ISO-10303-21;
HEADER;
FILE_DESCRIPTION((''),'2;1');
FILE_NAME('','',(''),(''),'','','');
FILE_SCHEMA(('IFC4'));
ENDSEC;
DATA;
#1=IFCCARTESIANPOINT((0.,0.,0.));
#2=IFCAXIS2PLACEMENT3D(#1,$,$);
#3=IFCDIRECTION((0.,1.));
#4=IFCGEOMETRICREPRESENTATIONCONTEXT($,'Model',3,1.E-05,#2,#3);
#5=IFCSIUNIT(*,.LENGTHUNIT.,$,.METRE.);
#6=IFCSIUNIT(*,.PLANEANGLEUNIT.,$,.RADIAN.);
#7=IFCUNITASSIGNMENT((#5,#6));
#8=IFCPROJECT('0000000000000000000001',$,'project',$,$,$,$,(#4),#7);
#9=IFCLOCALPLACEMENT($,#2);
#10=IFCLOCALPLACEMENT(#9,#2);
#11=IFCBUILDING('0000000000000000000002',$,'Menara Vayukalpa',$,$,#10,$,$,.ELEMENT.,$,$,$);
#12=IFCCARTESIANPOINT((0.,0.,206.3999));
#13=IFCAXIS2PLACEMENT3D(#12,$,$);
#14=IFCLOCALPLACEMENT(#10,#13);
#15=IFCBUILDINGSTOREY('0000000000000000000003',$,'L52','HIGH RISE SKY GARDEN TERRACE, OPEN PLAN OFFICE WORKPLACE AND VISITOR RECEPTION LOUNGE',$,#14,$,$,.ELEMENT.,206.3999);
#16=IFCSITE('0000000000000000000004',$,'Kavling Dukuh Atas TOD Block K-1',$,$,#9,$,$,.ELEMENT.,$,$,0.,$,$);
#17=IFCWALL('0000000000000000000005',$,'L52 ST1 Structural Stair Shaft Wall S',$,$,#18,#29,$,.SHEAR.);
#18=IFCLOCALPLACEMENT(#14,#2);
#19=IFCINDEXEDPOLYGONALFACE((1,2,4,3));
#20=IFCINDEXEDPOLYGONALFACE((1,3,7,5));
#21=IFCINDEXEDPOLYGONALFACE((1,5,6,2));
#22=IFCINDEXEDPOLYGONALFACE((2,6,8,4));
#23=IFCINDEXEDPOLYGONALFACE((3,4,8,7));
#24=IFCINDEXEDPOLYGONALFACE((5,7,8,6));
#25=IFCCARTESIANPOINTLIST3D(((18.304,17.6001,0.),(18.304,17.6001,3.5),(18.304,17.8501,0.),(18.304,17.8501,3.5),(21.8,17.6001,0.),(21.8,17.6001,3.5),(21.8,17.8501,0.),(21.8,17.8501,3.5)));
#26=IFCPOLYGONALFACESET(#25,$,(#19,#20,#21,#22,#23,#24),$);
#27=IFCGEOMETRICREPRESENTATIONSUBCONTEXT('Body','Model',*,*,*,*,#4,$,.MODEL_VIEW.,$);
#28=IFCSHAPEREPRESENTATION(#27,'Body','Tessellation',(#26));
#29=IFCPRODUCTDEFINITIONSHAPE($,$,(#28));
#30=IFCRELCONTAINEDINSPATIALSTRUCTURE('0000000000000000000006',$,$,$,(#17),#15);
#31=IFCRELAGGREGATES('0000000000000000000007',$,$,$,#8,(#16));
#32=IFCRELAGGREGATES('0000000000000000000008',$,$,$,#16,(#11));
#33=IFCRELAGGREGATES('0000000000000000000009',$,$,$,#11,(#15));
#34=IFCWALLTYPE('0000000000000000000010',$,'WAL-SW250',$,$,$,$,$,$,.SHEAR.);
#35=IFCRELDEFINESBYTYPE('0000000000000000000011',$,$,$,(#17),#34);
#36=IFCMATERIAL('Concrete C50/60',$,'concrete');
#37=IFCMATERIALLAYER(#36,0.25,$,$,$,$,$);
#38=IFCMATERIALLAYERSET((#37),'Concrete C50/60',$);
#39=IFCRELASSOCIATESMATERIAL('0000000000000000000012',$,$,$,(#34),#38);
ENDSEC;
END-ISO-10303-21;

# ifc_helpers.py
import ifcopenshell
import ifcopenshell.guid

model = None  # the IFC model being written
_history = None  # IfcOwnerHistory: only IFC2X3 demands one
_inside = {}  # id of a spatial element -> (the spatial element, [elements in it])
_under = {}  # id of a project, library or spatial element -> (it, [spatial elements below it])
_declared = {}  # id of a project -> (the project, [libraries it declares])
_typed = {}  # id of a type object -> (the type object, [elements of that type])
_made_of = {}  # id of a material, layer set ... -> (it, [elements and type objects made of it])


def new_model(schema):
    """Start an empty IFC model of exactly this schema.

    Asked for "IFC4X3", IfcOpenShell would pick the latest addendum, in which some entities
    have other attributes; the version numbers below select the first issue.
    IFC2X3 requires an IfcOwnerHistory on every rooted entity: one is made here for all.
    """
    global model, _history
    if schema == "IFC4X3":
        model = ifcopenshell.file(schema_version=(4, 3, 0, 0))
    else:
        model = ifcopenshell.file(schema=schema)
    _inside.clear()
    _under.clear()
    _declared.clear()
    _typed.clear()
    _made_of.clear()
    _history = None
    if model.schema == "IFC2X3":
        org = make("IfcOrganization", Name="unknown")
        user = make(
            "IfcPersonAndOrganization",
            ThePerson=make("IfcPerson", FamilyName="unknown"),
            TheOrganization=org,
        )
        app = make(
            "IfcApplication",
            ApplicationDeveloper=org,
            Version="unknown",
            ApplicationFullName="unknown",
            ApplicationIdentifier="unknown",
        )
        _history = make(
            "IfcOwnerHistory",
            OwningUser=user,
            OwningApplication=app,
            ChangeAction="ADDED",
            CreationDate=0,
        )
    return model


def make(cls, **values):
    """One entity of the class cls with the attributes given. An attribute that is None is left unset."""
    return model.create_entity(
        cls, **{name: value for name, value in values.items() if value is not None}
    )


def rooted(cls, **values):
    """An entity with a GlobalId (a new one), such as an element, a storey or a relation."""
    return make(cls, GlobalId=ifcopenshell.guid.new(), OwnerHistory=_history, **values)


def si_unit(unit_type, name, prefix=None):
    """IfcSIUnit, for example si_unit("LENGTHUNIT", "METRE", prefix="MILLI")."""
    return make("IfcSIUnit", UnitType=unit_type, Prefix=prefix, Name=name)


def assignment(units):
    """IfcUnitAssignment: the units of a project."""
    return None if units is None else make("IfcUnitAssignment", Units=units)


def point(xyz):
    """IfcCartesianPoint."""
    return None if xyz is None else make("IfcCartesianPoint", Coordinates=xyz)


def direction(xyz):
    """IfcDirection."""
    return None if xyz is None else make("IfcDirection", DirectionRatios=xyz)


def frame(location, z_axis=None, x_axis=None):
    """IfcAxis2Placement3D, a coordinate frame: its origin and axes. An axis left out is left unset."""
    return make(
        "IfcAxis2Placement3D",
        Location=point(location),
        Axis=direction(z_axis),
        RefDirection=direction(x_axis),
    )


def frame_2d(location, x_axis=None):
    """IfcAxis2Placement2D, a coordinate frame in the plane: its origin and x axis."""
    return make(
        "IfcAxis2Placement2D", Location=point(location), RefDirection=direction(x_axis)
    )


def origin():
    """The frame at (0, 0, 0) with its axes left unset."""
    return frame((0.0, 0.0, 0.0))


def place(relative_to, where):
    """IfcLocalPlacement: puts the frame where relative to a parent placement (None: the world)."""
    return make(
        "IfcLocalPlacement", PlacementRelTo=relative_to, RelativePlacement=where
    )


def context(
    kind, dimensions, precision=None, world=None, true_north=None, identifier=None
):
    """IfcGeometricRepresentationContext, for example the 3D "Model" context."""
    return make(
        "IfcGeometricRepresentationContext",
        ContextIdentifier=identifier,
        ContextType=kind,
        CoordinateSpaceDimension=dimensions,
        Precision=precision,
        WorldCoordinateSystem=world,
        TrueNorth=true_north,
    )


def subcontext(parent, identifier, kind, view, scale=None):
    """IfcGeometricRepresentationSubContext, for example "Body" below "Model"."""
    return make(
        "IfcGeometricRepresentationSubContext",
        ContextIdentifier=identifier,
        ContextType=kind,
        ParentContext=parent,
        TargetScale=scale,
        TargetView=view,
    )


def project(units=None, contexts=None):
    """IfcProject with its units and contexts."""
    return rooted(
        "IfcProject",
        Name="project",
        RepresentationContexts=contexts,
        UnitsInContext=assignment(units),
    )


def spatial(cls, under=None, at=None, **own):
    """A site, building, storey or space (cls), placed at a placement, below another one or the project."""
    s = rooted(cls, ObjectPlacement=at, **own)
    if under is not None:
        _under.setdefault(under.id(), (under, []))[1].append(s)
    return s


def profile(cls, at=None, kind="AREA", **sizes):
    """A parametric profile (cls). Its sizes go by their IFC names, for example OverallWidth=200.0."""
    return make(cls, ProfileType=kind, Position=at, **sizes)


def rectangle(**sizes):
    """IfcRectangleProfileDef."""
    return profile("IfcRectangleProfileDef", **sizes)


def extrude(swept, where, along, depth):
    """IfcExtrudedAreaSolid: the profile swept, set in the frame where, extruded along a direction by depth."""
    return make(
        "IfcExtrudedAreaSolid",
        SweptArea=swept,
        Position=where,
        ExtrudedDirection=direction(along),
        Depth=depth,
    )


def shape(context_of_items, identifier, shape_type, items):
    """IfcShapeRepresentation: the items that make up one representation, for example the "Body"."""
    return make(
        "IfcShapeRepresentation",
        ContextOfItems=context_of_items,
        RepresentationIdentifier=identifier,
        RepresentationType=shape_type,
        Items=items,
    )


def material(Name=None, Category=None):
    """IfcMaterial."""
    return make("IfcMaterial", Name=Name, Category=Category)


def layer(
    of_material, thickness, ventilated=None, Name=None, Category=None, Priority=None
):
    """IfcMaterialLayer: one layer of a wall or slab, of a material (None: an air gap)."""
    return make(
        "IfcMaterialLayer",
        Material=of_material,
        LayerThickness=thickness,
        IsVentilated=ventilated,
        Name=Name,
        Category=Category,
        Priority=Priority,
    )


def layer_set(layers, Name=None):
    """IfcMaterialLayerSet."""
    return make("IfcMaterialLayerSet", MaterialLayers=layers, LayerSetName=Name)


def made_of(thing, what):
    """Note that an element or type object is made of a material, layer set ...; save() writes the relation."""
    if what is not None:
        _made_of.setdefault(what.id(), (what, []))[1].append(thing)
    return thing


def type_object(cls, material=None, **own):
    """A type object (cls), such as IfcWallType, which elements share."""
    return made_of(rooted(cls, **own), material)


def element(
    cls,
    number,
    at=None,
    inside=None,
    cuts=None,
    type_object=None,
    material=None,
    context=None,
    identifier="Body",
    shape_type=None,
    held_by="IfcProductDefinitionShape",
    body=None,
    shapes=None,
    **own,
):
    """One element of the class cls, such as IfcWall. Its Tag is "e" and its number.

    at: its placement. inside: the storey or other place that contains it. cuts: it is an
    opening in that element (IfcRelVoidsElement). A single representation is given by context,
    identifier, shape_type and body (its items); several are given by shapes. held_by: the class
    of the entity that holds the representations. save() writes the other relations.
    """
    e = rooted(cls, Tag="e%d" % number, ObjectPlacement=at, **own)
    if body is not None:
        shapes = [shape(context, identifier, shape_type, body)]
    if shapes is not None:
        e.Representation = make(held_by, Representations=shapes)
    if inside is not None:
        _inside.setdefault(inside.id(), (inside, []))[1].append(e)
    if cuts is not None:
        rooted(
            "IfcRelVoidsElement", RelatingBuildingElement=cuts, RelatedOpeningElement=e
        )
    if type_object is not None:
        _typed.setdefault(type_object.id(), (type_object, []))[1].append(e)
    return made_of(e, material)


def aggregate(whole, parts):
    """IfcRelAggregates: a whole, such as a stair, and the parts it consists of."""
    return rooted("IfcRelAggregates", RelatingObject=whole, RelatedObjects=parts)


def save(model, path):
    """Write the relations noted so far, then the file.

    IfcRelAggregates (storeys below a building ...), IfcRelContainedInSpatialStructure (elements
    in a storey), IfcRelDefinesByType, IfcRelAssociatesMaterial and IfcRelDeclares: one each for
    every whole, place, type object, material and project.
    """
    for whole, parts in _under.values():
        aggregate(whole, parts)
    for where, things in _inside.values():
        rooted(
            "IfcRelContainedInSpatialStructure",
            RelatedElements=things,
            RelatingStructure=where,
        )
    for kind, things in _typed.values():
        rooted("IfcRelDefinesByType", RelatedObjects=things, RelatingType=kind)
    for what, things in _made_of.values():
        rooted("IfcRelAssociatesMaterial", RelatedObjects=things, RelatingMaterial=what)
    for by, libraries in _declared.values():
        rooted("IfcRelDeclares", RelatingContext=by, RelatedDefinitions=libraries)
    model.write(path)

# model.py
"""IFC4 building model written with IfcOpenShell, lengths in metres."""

from ifc_helpers import new_model, si_unit, direction, frame, frame_2d, origin, place, context, subcontext, project, spatial, rectangle, extrude, material, layer, layer_set, type_object, element, save


model = new_model("IFC4")

# Units and contexts
model_context = context("Model", 3, precision=1e-05, world=origin(), true_north=direction((0.0, 1.0)))
body_context = subcontext(model_context, "Body", "Model", "MODEL_VIEW")
ifc_project = project(units=[si_unit("LENGTHUNIT", "METRE"), si_unit("PLANEANGLEUNIT", "RADIAN")], contexts=[model_context])

# Site, building, storey
site_placement = place(None, origin())
site = spatial("IfcSite", under=ifc_project, at=site_placement, Name="Kavling Dukuh Atas TOD Block K-1", CompositionType="ELEMENT", RefElevation=0.0)
building_placement = place(site_placement, origin())
building = spatial("IfcBuilding", under=site, at=building_placement, Name="Menara Vayukalpa", CompositionType="ELEMENT")
storey_placement = place(building_placement, frame((0.0, 0.0, 206.3999)))
storey = spatial("IfcBuildingStorey", under=building, at=storey_placement, Name="L52", Description="HIGH RISE SKY GARDEN TERRACE, OPEN PLAN OFFICE WORKPLACE AND VISITOR RECEPTION LOUNGE", CompositionType="ELEMENT", Elevation=206.3999)

# Shared definitions
ifc_material_1 = material(Name="Concrete C50/60", Category="concrete")
ifc_layer_1 = layer(ifc_material_1, 0.25)
ifc_layer_set_1 = layer_set([ifc_layer_1], Name="Concrete C50/60")
wall_type_1 = type_object("IfcWallType", Name="WAL-SW250", PredefinedType="SHEAR", material=ifc_layer_set_1)

# Wall
wall_1_placement = place(storey_placement, frame((18.304, 17.7251, 0.0), z_axis=(0.0, 0.0, 1.0), x_axis=(1.0, 0.0, 0.0)))
element("IfcWall", 1, at=wall_1_placement, inside=storey, type_object=wall_type_1, Name="L52 ST1 Structural Stair Shaft Wall S", PredefinedType="SHEAR", context=body_context, shape_type="SweptSolid", body=[
    extrude(rectangle(XDim=3.4961, YDim=0.25, at=frame_2d((1.748, 0.0))), origin(), (0.0, 0.0, 1.0), 3.5),
])

save(model, "model.ifc")
